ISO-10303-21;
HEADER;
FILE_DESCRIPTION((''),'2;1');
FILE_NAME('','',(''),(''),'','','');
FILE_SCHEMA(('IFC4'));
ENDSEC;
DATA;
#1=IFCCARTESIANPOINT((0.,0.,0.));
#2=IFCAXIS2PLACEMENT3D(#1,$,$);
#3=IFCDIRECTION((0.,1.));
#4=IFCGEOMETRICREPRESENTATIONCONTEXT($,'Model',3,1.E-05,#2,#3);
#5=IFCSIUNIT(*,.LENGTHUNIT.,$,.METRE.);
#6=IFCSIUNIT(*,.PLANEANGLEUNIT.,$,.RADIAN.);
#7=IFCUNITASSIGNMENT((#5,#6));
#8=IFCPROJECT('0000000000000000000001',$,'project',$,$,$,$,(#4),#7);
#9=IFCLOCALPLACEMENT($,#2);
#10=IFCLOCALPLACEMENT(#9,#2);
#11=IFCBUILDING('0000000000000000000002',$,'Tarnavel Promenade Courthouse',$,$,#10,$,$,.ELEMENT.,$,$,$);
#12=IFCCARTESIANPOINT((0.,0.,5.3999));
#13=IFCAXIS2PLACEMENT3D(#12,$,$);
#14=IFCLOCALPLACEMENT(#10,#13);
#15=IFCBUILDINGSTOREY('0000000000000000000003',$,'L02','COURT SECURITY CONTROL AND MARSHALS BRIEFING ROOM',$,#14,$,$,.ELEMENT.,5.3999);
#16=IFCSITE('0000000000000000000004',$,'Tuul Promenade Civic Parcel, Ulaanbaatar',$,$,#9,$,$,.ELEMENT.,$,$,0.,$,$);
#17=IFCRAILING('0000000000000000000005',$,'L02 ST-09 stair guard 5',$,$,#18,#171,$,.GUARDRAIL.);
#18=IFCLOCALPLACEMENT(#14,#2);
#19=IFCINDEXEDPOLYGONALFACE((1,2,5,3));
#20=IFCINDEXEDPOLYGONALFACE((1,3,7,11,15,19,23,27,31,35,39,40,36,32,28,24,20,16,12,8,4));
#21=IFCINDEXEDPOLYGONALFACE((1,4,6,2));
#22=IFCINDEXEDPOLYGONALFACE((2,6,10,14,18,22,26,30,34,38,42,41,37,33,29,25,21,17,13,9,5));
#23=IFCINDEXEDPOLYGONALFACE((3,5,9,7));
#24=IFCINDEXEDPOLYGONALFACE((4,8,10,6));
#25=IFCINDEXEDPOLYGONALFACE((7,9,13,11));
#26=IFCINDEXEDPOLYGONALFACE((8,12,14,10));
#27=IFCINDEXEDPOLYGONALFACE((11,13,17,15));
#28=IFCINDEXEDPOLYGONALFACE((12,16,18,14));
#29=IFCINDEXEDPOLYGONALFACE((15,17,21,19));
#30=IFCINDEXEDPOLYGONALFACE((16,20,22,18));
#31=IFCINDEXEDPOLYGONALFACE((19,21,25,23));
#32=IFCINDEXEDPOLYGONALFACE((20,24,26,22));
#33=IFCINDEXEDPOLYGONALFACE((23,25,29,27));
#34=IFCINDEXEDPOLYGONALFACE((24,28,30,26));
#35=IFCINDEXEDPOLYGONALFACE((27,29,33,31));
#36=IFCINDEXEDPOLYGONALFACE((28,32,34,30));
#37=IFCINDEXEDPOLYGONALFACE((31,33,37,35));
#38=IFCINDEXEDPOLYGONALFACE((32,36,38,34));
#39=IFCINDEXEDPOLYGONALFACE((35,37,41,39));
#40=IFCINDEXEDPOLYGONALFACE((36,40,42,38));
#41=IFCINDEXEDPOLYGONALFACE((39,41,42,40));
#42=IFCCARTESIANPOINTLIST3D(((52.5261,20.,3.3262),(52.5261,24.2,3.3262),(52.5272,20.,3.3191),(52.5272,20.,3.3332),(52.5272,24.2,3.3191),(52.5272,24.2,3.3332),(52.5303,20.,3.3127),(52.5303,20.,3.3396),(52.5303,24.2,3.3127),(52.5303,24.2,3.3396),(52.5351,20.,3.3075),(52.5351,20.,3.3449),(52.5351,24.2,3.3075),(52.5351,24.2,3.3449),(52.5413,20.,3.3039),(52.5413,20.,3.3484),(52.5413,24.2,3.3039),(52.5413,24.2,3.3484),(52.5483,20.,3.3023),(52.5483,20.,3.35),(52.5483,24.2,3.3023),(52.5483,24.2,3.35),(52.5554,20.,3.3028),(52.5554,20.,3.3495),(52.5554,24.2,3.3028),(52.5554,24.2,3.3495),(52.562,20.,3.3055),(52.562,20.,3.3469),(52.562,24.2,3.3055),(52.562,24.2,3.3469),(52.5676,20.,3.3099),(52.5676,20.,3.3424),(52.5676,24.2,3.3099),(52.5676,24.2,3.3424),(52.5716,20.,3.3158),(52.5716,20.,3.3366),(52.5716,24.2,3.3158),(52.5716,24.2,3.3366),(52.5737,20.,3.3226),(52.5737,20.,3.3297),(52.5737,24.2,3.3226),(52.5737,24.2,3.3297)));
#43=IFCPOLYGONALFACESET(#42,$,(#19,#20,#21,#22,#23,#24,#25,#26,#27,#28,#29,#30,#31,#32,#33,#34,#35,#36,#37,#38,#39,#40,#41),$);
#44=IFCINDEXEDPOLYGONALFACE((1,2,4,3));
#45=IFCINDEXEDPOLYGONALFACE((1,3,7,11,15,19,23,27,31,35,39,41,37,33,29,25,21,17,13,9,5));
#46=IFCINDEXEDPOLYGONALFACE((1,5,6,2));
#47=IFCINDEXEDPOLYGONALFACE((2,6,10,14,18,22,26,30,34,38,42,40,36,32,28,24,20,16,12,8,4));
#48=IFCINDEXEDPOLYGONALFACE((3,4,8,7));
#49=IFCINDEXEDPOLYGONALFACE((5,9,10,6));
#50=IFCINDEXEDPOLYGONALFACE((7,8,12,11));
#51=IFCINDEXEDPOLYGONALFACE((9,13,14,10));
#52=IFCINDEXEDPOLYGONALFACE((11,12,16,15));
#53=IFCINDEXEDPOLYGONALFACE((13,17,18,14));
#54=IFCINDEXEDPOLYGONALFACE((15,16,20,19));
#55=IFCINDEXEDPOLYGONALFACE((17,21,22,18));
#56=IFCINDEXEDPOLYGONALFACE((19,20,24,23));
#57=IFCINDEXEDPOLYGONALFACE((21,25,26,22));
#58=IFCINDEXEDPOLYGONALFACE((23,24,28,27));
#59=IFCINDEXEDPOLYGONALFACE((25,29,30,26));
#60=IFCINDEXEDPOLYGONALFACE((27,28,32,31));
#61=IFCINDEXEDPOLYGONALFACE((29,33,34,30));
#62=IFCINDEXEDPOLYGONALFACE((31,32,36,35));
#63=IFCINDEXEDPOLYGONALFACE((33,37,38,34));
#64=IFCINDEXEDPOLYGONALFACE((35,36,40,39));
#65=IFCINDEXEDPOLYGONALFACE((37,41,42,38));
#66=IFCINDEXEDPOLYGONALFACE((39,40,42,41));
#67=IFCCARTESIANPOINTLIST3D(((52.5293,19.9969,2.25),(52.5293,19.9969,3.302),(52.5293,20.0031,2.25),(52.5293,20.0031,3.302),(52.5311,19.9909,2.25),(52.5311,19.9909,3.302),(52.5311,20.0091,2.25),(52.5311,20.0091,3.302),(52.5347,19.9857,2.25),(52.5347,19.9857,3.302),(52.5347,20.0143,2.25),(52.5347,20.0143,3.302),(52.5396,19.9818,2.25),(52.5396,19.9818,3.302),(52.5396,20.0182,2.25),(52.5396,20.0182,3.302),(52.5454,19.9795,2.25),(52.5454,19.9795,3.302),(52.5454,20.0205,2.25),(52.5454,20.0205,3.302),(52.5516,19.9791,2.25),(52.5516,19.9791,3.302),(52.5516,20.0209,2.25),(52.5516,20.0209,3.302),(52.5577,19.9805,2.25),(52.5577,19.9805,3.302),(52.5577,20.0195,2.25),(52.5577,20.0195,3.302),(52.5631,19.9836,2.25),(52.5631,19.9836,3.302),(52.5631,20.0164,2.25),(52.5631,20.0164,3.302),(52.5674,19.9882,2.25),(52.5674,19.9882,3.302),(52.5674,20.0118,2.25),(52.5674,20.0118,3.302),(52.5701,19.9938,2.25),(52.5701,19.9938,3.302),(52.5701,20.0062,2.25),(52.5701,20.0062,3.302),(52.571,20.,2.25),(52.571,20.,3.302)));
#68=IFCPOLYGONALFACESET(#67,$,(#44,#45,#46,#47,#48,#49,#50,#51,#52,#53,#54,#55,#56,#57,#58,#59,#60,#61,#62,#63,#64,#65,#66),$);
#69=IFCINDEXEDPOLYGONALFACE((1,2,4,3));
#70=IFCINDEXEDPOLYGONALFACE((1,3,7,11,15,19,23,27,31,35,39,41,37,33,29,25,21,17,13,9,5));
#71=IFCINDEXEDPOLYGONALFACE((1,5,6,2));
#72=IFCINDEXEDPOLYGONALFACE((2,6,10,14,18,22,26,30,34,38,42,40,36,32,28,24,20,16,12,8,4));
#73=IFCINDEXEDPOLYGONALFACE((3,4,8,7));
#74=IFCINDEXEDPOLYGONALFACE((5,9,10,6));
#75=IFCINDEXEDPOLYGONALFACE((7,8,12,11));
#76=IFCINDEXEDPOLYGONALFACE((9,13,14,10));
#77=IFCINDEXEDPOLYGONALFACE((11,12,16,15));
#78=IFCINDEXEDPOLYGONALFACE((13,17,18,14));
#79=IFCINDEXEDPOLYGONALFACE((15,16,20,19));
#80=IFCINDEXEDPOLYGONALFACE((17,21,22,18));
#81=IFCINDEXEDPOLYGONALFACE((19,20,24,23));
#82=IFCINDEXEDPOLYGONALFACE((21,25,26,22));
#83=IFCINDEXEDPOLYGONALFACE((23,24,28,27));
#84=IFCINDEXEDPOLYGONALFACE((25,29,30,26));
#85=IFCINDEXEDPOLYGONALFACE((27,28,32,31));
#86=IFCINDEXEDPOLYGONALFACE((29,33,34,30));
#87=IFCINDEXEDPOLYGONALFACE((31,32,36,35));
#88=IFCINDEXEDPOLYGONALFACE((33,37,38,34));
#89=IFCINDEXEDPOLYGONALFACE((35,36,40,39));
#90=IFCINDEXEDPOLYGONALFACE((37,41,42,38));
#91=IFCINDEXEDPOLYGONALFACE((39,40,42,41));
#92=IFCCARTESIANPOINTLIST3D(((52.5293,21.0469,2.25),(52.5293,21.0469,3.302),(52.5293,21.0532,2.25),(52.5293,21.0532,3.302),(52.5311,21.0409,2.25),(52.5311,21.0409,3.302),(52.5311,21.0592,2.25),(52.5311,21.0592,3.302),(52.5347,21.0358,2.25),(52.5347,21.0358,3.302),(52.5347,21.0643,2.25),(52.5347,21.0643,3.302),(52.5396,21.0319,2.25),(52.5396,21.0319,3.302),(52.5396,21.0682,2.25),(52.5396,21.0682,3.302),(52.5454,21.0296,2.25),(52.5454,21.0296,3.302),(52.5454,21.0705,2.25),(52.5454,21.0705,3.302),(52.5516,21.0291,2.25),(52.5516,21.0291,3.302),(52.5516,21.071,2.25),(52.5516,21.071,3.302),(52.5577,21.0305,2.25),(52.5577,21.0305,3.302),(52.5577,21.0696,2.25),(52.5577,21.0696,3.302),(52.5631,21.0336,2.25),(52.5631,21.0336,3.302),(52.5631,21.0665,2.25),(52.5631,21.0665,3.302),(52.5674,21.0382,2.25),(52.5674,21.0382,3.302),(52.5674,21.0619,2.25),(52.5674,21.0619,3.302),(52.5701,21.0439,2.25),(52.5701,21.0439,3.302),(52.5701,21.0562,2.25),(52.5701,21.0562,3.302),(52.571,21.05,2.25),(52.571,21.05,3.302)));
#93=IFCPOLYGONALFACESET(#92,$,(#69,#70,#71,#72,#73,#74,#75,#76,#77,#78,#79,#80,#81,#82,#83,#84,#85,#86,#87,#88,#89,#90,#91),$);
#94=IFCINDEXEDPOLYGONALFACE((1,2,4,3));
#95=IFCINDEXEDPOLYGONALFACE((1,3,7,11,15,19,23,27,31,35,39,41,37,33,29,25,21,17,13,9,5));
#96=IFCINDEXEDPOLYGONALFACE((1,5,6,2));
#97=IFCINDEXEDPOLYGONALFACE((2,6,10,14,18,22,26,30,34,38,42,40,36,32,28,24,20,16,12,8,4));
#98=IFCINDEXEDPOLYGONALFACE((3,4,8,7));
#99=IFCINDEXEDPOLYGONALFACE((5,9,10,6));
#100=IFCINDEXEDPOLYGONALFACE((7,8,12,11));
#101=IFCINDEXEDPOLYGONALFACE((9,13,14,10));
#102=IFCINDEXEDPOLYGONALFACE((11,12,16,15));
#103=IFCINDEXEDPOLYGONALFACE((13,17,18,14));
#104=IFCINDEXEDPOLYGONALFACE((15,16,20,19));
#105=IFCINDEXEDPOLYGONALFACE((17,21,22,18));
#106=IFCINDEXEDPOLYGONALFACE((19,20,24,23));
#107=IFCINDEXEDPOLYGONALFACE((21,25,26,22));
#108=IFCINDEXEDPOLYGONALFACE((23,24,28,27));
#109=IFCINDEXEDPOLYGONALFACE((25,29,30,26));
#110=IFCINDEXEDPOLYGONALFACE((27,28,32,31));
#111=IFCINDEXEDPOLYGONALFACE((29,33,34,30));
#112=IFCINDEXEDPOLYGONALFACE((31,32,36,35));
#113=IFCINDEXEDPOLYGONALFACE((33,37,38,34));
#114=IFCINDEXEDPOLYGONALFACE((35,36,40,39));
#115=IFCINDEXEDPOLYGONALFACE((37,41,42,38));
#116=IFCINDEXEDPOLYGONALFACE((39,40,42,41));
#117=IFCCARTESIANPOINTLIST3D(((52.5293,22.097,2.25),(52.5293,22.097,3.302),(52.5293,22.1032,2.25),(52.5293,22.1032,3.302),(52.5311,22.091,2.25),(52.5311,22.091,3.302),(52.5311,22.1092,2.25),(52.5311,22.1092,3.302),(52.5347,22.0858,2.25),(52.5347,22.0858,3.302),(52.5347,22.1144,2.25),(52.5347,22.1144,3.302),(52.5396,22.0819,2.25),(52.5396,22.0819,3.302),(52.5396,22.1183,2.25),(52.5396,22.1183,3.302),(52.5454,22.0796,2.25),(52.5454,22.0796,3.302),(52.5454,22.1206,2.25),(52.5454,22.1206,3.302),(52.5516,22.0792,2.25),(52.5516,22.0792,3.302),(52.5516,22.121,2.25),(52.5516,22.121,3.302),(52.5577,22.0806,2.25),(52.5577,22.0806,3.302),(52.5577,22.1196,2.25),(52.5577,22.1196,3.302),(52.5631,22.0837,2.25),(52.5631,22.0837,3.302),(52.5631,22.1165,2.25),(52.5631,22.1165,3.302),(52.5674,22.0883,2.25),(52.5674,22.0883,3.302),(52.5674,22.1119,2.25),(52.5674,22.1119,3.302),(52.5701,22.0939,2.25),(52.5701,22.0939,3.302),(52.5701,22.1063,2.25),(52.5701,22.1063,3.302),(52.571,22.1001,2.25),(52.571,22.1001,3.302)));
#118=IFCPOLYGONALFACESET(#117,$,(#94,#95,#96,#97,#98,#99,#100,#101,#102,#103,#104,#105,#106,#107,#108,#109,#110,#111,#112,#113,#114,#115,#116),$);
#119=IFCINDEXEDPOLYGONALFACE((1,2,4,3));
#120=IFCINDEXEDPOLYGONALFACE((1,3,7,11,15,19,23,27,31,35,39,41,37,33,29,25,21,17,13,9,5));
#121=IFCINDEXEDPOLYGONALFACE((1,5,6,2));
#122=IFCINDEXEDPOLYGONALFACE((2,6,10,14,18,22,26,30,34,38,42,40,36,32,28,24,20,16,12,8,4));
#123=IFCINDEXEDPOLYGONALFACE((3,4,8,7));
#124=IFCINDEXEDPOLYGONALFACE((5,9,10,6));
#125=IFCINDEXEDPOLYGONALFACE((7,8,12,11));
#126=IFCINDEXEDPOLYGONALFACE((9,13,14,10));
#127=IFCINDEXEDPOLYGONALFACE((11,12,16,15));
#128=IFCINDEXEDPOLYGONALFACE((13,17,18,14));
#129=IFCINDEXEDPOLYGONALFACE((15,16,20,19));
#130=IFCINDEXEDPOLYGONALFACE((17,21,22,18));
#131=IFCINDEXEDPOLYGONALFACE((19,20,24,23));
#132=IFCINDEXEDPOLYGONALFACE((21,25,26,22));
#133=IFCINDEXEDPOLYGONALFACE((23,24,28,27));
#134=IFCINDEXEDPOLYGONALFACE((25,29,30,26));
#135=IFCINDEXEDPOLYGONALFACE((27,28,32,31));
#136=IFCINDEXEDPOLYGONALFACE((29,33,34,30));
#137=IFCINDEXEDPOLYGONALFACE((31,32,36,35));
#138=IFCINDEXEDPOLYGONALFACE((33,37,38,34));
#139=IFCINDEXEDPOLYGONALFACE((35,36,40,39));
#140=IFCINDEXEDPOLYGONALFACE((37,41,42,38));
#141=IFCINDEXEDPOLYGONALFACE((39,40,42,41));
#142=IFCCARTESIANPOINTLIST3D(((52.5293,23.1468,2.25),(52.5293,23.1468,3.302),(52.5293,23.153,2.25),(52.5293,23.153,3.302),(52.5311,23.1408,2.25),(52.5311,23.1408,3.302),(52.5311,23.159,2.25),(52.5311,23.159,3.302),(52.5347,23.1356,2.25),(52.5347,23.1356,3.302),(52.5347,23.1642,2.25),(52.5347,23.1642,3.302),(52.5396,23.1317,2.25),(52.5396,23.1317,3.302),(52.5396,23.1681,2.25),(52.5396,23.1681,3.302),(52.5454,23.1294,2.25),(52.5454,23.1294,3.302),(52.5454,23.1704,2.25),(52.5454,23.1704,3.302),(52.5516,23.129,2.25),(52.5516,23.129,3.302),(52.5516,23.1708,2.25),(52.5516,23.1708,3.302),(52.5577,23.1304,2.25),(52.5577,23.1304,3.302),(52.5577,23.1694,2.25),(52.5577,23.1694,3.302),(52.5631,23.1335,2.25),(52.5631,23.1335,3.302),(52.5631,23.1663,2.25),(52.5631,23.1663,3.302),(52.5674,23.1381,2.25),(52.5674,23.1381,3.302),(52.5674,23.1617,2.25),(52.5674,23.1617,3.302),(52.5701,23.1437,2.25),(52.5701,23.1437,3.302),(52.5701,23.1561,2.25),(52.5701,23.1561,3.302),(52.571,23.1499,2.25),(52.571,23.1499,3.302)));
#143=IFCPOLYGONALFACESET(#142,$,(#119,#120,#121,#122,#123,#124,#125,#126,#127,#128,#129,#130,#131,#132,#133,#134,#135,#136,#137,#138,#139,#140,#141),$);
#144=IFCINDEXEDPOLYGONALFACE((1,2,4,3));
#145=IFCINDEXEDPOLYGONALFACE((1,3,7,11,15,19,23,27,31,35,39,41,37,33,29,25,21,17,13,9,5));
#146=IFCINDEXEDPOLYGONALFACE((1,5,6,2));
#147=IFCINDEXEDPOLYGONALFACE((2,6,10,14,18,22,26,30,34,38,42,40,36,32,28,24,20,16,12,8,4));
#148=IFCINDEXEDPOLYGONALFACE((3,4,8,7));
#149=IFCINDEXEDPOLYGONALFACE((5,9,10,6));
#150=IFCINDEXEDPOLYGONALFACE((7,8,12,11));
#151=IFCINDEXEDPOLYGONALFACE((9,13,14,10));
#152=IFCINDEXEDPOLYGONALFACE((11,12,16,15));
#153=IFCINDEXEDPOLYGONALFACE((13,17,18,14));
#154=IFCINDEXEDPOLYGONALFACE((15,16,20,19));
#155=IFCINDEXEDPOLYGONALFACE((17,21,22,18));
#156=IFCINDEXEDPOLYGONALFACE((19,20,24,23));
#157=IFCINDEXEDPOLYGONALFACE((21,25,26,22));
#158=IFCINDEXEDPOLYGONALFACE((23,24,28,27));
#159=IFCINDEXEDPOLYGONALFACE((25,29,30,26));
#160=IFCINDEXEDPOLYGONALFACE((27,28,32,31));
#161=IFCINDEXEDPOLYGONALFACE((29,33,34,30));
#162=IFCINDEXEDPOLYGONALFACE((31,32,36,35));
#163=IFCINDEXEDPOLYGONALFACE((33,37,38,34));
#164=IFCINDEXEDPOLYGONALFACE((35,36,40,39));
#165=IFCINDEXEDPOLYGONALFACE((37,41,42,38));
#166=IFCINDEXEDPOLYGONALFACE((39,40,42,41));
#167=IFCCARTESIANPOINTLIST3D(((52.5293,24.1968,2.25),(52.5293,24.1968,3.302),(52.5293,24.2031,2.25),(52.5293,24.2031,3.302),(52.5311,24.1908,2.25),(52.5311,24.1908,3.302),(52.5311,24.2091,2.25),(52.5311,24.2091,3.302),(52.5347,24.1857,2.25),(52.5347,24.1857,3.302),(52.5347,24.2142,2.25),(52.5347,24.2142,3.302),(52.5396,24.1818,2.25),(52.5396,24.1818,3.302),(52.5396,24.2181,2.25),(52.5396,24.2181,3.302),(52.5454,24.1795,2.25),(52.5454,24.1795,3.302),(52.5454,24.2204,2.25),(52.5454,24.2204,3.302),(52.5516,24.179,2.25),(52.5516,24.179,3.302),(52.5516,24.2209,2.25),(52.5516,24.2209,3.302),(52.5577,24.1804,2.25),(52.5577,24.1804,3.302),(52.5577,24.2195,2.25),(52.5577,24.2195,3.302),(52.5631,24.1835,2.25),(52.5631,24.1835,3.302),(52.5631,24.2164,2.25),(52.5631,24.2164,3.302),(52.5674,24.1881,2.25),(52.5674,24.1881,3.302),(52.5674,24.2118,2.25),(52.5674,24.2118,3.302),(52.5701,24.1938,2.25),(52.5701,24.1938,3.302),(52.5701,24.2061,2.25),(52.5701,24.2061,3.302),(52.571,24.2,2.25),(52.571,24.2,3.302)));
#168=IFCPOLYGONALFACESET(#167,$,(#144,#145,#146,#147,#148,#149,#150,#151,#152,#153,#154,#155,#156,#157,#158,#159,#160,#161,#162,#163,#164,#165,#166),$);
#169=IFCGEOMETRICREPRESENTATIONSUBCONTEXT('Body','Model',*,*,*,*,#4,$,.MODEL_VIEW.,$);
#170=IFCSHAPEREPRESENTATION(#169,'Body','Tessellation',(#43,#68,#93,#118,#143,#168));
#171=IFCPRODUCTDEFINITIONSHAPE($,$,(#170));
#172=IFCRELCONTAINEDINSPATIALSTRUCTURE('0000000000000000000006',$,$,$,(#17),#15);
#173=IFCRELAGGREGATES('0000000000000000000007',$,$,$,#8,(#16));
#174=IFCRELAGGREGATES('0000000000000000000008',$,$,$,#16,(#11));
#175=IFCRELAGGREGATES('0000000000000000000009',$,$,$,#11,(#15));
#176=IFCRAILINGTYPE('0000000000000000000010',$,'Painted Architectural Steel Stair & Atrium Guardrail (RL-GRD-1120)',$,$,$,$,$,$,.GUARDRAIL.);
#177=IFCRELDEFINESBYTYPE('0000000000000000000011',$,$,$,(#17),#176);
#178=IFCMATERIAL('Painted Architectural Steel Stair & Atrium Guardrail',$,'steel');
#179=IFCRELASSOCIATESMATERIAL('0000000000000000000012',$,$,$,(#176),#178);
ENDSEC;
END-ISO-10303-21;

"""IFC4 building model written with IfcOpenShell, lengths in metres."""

from ifc_helpers import new_model, si_unit, direction, frame, origin, origin_2d, place, context, subcontext, project, spatial, circle, extrude, material, type_object, element, save


model = new_model("IFC4")

# Units and contexts
model_context = context("Model", 3, precision=1e-05, world=origin(), true_north=direction((0.0, 1.0)))
body_context = subcontext(model_context, "Body", "Model", "MODEL_VIEW")
ifc_project = project(units=[si_unit("LENGTHUNIT", "METRE"), si_unit("PLANEANGLEUNIT", "RADIAN")], contexts=[model_context])

# Site, building, storey
site_placement = place(None, origin())
site = spatial("IfcSite", under=ifc_project, at=site_placement, Name="Tuul Promenade Civic Parcel, Ulaanbaatar", CompositionType="ELEMENT", RefElevation=0.0)
building_placement = place(site_placement, origin())
building = spatial("IfcBuilding", under=site, at=building_placement, Name="Tarnavel Promenade Courthouse", CompositionType="ELEMENT")
storey_placement = place(building_placement, frame((0.0, 0.0, 5.3999)))
storey = spatial("IfcBuildingStorey", under=building, at=storey_placement, Name="L02", Description="COURT SECURITY CONTROL AND MARSHALS BRIEFING ROOM", CompositionType="ELEMENT", Elevation=5.3999)

# Railing
ifc_material_1 = material(Name="Painted Architectural Steel Stair & Atrium Guardrail", Category="steel")
railing_type_1 = type_object("IfcRailingType", Name="Painted Architectural Steel Stair & Atrium Guardrail (RL-GRD-1120)", PredefinedType="GUARDRAIL", material=ifc_material_1)
railing_1_placement = place(storey_placement, frame((52.55, 20.0, 2.25)))
element("IfcRailing", 1, at=railing_1_placement, inside=storey, type_object=railing_type_1, Name="L02 ST-09 stair guard 5", PredefinedType="GUARDRAIL", context=body_context, shape_type="SweptSolid", body=[
    extrude(circle(Radius=0.0239, at=origin_2d()), frame((0.0, 0.0, 1.0762), z_axis=(0.0, 1.0, 0.0), x_axis=(-1.0, 0.0, 0.0)), (0.0, 0.0, 1.0), 4.2),
    extrude(circle(Radius=0.021, at=origin_2d()), origin(), (0.0, 0.0, 1.0), 1.052),
    extrude(circle(Radius=0.021, at=origin_2d()), frame((0.0, 1.05, 0.0)), (0.0, 0.0, 1.0), 1.052),
    extrude(circle(Radius=0.021, at=origin_2d()), frame((0.0, 2.1001, 0.0)), (0.0, 0.0, 1.0), 1.052),
    extrude(circle(Radius=0.021, at=origin_2d()), frame((0.0, 3.1499, 0.0)), (0.0, 0.0, 1.0), 1.052),
    extrude(circle(Radius=0.021, at=origin_2d()), frame((0.0, 4.2, 0.0)), (0.0, 0.0, 1.0), 1.052),
])

save(model, "model.ifc")
